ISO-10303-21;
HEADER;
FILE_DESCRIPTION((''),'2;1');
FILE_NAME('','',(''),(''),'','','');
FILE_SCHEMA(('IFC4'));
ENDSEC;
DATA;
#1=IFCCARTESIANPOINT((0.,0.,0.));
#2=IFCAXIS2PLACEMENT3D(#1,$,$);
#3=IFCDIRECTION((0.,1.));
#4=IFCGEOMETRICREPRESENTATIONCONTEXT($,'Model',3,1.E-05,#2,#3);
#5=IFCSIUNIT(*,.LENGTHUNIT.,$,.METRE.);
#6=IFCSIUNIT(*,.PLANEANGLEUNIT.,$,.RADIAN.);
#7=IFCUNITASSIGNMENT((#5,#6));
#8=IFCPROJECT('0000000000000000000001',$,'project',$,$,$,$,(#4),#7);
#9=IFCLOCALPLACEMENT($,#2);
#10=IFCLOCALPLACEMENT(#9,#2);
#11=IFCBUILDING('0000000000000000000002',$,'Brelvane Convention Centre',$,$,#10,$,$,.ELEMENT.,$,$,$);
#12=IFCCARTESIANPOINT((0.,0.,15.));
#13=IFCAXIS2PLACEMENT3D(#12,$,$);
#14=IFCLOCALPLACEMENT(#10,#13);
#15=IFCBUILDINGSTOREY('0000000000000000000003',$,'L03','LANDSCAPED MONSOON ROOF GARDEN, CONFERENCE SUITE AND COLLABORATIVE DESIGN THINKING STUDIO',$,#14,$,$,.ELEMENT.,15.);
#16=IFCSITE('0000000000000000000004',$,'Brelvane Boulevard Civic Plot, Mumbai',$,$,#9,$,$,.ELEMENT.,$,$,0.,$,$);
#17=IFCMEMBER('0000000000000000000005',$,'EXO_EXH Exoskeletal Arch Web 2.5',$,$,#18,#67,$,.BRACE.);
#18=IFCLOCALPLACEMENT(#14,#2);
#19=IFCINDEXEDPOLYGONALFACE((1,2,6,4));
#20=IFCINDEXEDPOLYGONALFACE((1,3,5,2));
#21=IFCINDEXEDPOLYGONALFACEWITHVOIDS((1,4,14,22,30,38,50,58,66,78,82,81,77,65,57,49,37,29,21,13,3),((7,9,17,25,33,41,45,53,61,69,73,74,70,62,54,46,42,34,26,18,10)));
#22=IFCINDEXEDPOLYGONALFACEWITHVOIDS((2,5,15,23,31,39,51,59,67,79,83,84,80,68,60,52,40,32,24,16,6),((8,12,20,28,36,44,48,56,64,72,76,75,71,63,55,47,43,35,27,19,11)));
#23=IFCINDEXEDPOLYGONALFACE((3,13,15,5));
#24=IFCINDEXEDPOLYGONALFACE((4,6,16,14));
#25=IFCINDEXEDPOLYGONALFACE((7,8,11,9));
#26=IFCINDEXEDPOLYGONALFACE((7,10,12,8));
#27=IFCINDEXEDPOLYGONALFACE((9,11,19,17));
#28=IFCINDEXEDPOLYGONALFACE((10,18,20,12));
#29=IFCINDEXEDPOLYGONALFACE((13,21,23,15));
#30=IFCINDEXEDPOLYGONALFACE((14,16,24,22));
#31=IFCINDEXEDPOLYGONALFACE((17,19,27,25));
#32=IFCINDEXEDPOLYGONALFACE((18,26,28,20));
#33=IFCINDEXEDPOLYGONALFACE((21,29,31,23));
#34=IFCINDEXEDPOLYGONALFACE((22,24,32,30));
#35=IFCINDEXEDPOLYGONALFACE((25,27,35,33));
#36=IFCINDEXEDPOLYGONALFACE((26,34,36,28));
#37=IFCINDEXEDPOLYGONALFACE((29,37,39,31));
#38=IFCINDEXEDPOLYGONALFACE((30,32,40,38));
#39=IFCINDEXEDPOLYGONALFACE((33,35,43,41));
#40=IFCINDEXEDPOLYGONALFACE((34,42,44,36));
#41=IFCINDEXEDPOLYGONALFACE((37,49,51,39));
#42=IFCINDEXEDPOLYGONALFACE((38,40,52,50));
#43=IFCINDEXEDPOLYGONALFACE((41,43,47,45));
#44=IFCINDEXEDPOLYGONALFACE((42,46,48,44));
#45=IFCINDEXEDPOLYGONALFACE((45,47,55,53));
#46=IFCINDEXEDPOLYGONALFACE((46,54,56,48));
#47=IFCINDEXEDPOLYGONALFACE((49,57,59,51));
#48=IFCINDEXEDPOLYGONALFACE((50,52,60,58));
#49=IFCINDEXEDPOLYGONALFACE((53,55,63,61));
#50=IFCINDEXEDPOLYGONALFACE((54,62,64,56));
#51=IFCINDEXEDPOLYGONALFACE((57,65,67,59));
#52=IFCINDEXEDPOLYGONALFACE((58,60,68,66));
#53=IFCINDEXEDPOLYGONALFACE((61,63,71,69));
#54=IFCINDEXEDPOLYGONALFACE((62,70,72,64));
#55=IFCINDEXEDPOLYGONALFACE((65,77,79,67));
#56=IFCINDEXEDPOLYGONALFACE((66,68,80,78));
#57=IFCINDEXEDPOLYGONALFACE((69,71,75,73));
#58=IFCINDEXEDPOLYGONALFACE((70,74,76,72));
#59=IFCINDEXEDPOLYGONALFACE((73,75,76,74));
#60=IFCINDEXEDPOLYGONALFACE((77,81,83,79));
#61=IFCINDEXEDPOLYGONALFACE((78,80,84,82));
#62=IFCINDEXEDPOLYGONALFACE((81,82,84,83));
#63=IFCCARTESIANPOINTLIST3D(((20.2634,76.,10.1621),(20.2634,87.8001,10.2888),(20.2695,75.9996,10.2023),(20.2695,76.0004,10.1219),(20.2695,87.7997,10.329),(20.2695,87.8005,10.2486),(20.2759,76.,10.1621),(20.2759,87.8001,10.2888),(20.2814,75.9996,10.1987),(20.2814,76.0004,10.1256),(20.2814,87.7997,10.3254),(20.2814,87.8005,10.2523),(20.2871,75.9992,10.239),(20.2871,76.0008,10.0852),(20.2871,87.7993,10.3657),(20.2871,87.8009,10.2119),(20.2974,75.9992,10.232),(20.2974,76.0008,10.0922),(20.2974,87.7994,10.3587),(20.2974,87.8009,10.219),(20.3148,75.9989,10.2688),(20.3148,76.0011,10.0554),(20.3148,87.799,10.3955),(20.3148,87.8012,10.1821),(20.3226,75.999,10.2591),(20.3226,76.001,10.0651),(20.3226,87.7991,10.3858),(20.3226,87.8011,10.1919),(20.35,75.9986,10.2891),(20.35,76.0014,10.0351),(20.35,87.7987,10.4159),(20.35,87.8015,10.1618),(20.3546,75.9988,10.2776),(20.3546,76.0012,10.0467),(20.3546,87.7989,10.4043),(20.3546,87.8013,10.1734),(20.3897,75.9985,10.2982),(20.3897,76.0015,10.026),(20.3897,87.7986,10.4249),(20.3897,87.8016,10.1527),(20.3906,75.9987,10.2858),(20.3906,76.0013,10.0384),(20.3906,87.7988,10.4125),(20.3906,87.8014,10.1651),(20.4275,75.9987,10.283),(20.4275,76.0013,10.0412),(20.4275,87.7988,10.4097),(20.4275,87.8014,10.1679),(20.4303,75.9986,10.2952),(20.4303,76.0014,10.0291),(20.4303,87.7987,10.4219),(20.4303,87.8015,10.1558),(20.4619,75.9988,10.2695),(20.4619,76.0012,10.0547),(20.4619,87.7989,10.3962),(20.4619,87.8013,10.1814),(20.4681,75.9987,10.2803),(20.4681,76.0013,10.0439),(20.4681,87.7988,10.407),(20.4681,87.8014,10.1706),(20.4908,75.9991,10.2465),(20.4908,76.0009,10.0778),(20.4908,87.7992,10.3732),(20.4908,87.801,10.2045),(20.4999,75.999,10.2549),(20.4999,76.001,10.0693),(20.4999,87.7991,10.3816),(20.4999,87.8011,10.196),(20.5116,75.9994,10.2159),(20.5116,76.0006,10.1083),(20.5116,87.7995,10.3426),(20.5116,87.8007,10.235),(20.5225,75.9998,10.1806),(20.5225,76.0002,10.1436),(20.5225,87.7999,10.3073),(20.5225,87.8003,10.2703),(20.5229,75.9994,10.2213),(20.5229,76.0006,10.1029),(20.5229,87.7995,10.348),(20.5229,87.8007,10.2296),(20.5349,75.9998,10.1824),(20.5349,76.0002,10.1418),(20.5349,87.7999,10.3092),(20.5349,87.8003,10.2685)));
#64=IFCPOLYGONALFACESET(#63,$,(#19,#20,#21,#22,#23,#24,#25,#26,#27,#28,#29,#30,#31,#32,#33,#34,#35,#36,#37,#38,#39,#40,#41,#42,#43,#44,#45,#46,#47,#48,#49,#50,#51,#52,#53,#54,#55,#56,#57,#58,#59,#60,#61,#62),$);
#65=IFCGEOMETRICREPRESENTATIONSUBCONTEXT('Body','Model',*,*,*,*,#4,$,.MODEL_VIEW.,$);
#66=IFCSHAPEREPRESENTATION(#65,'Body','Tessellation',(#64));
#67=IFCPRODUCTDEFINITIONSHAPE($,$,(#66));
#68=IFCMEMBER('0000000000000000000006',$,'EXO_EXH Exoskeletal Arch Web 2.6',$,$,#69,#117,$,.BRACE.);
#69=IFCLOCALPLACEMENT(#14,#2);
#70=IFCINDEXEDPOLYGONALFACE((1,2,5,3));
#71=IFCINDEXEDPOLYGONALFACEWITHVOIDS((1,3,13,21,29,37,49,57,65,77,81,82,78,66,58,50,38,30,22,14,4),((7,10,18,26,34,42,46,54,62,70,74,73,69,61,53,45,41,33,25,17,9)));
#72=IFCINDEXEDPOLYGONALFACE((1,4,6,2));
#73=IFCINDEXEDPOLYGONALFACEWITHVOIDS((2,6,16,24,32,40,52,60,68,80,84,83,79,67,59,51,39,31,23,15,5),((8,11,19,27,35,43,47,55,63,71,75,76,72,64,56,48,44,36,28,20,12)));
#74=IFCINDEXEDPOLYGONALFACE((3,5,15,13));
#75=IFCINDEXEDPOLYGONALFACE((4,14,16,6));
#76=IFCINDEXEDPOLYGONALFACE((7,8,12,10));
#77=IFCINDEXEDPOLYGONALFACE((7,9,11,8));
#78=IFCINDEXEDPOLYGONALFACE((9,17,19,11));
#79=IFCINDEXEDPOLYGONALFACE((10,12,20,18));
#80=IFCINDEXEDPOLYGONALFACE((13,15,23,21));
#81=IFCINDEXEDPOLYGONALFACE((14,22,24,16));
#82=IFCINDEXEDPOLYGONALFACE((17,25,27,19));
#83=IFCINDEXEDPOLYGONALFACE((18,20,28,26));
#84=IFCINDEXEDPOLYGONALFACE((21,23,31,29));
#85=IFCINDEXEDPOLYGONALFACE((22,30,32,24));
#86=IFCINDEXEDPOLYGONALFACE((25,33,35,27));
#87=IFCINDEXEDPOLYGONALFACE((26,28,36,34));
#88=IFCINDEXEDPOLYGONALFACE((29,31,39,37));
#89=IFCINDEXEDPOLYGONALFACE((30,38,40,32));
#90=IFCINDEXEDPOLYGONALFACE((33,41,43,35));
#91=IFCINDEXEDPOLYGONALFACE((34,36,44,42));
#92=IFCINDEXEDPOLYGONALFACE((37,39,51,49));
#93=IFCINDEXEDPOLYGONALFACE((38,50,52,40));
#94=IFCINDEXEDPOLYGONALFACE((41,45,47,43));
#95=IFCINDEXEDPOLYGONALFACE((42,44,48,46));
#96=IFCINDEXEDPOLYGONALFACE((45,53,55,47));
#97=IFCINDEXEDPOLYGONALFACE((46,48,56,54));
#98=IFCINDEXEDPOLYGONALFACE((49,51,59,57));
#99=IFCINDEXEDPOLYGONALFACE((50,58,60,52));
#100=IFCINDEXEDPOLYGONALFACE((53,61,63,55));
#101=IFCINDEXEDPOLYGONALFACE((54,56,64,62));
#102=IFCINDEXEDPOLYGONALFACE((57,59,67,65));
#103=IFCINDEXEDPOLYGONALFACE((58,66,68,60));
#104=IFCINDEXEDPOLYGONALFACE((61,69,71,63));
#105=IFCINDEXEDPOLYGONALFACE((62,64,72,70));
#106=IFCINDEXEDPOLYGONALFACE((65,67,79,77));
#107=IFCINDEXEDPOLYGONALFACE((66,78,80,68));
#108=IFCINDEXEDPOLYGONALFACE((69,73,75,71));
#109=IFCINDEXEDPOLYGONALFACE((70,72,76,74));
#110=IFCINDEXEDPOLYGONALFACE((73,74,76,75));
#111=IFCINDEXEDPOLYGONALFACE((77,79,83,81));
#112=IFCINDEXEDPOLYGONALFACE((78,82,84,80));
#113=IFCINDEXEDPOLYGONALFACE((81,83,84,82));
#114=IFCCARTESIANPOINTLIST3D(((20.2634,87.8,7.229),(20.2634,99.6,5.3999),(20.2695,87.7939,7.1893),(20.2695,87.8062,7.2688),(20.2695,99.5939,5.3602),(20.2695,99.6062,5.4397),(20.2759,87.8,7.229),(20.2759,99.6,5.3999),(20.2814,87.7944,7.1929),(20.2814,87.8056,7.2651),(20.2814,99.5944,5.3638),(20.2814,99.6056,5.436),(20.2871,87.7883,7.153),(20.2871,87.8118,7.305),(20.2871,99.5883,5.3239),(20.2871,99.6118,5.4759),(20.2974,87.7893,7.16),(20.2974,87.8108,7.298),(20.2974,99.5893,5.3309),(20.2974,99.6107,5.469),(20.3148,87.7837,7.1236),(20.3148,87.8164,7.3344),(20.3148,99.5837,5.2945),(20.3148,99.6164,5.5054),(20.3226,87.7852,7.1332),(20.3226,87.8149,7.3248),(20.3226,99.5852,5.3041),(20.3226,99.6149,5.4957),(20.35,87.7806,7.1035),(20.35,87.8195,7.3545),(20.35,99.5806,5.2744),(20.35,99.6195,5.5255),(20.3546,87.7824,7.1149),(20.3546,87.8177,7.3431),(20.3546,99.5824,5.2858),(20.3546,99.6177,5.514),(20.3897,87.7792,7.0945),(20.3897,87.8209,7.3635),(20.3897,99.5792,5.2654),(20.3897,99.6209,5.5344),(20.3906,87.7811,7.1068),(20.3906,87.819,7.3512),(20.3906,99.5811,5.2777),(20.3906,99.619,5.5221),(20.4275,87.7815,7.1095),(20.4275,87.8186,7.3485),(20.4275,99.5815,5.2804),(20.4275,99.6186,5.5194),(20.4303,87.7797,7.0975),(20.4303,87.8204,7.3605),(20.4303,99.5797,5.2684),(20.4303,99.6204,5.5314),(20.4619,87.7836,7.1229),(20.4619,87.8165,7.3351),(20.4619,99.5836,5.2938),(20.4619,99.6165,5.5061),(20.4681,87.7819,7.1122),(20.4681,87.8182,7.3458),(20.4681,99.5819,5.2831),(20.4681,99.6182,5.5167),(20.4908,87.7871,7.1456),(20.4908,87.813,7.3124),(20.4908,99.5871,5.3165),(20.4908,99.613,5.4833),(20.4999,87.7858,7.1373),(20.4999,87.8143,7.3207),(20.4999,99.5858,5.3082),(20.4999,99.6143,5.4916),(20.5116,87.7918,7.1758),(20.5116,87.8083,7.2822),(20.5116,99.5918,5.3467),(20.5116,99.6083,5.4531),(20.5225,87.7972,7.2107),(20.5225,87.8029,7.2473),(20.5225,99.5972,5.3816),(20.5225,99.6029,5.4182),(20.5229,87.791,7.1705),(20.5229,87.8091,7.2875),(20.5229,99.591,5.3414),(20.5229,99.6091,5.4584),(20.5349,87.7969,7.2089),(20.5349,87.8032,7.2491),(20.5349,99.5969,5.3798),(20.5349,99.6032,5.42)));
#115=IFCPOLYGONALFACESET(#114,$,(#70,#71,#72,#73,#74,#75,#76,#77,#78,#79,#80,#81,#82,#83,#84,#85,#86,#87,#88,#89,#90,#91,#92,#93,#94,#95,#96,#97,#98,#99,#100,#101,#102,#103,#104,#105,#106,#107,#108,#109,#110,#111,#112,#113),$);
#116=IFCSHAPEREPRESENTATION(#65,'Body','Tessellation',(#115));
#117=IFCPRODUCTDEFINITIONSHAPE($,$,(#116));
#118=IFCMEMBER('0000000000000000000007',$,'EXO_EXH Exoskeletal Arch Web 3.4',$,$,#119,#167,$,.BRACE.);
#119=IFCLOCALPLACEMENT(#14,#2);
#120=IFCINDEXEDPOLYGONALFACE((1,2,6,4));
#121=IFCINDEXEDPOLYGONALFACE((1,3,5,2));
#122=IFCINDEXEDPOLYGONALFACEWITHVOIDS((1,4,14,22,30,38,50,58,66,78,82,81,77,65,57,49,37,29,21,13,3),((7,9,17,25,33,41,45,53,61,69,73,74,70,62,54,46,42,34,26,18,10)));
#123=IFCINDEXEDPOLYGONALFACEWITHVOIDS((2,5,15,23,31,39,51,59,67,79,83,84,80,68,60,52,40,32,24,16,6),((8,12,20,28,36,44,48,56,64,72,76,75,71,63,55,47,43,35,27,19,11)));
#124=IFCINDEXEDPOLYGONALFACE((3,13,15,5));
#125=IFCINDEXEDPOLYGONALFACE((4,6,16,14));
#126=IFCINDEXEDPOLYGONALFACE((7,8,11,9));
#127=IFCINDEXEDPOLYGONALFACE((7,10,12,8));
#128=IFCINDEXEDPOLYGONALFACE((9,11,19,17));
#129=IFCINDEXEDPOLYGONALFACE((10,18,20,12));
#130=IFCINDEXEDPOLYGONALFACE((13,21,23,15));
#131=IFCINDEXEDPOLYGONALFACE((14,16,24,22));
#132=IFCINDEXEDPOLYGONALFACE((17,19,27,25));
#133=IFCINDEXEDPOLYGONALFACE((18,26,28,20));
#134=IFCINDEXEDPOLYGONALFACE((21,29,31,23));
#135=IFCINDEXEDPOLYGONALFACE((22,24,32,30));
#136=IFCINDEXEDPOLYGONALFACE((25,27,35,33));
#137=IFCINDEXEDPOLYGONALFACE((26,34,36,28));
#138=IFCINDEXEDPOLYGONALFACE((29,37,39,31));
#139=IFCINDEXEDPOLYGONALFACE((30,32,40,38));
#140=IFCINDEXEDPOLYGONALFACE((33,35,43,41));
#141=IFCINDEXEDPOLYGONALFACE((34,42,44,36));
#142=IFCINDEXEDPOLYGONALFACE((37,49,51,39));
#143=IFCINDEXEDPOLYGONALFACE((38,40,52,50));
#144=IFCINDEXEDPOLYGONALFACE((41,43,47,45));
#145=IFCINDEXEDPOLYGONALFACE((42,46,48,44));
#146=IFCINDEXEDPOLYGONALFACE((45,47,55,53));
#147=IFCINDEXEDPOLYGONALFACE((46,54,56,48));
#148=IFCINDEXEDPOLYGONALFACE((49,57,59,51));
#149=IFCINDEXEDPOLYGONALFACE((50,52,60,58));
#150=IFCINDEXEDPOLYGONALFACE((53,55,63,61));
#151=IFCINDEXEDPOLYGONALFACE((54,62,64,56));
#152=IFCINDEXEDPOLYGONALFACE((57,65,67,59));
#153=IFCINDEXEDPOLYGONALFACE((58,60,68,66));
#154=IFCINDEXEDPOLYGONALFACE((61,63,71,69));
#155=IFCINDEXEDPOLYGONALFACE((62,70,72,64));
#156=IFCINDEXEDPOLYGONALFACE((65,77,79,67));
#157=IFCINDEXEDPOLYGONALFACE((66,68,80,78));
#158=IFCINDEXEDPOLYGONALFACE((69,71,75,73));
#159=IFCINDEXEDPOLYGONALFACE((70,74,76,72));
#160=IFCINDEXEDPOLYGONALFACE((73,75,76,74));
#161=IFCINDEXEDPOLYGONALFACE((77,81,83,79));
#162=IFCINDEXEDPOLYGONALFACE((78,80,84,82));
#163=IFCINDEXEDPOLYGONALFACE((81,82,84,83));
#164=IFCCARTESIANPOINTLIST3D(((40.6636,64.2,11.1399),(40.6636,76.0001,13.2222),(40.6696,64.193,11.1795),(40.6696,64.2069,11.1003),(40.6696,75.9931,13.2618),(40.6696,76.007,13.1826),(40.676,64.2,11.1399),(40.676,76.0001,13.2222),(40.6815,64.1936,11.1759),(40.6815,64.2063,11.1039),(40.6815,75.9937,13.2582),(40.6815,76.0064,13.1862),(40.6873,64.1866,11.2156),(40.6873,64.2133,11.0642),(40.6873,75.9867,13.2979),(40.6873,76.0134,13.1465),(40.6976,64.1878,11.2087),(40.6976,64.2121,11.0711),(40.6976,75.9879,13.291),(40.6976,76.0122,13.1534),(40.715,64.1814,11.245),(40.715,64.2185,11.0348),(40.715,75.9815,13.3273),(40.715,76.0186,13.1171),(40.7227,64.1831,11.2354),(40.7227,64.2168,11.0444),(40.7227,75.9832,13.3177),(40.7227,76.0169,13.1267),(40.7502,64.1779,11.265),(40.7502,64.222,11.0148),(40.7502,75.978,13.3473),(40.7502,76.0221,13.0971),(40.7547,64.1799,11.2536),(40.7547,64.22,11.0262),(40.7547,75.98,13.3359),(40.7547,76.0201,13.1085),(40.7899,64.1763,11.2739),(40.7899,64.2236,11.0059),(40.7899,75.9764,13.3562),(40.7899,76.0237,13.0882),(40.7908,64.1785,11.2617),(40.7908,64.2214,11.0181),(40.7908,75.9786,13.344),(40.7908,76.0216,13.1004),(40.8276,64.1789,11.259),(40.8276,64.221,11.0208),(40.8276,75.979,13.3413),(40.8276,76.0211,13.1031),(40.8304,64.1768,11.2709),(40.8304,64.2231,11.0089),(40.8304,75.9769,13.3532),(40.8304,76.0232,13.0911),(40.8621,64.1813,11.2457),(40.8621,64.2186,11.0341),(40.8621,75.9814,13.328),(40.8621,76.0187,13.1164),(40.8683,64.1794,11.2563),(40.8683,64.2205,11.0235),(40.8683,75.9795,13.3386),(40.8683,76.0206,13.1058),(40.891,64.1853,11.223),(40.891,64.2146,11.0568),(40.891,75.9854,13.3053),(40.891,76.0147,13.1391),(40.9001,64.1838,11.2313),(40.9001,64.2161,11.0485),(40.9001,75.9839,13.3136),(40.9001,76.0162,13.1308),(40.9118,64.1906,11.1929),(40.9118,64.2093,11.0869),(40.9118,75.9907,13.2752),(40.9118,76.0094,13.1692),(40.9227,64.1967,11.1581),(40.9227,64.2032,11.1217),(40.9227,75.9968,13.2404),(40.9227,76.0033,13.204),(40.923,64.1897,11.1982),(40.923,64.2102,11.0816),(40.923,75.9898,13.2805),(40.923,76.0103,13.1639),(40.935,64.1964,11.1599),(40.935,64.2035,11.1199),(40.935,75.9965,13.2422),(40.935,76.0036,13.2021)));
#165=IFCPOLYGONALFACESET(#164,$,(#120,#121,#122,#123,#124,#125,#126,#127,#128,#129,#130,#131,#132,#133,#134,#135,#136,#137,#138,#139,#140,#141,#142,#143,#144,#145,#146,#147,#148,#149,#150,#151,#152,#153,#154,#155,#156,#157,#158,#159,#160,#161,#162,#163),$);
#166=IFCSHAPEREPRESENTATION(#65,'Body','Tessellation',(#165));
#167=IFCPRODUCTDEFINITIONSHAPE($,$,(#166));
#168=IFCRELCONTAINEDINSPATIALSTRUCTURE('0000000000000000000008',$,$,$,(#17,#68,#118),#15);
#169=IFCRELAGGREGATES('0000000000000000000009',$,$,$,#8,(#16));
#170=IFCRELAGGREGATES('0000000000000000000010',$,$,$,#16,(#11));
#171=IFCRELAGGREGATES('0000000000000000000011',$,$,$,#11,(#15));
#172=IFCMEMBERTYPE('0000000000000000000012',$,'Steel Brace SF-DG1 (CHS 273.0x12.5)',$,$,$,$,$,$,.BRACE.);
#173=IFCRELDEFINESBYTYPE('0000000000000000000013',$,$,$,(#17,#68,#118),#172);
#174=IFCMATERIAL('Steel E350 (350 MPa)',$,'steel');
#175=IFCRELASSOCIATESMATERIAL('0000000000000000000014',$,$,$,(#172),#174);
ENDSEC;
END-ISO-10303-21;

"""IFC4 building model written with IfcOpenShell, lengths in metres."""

from ifc_helpers import new_model, si_unit, direction, frame, origin, origin_2d, place, context, subcontext, project, spatial, hollow_circle, extrude, material, material_profile, profile_set, type_object, element, save


model = new_model("IFC4")

# Units and contexts
model_context = context("Model", 3, precision=1e-05, world=origin(), true_north=direction((0.0, 1.0)))
body_context = subcontext(model_context, "Body", "Model", "MODEL_VIEW")
ifc_project = project(units=[si_unit("LENGTHUNIT", "METRE"), si_unit("PLANEANGLEUNIT", "RADIAN")], contexts=[model_context])

# Site, building, storey
site_placement = place(None, origin())
site = spatial("IfcSite", under=ifc_project, at=site_placement, Name="Brelvane Boulevard Civic Plot, Mumbai", CompositionType="ELEMENT", RefElevation=0.0)
building_placement = place(site_placement, origin())
building = spatial("IfcBuilding", under=site, at=building_placement, Name="Brelvane Convention Centre", CompositionType="ELEMENT")
storey_placement = place(building_placement, frame((0.0, 0.0, 15.0)))
storey = spatial("IfcBuildingStorey", under=building, at=storey_placement, Name="L03", Description="LANDSCAPED MONSOON ROOF GARDEN, CONFERENCE SUITE AND COLLABORATIVE DESIGN THINKING STUDIO", CompositionType="ELEMENT", Elevation=15.0)

# Members
ifc_material_1 = material(Name="Steel E350 (350 MPa)", Category="steel")
ifc_material_profile_1 = material_profile(ifc_material_1, hollow_circle(Radius=0.1365, WallThickness=0.0125, at=origin_2d()), Name="CHS 273.0x12.5")
ifc_profile_set_1 = profile_set([ifc_material_profile_1], Name="Steel E350 (350 MPa)")
member_type_1 = type_object("IfcMemberType", Name="Steel Brace SF-DG1 (CHS 273.0x12.5)", PredefinedType="BRACE", material=ifc_profile_set_1)
member_1_placement = place(storey_placement, frame((20.3999, 76.0, 10.1621), z_axis=(0.0, 0.999942, 0.010737), x_axis=(-1.0, 0.0, 0.0)))
element("IfcMember", 1, at=member_1_placement, inside=storey, type_object=member_type_1, Name="EXO_EXH Exoskeletal Arch Web 2.5", PredefinedType="BRACE", context=body_context, shape_type="SweptSolid", body=[
    extrude(hollow_circle(Radius=0.1365, WallThickness=0.0125, at=origin_2d()), origin(), (0.0, 0.0, 1.0), 11.8008),
])
member_2_placement = place(storey_placement, frame((20.3999, 87.8, 7.229), z_axis=(0.0, 0.988199, -0.153179), x_axis=(-1.0, 0.0, 0.0)))
element("IfcMember", 2, at=member_2_placement, inside=storey, type_object=member_type_1, Name="EXO_EXH Exoskeletal Arch Web 2.6", PredefinedType="BRACE", context=body_context, shape_type="SweptSolid", body=[
    extrude(hollow_circle(Radius=0.1365, WallThickness=0.0125, at=origin_2d()), origin(), (0.0, 0.0, 1.0), 11.9409),
])
member_3_placement = place(storey_placement, frame((40.8, 64.2, 11.1399), z_axis=(0.0, 0.984785, 0.173778), x_axis=(-1.0, 0.0, 0.0)))
element("IfcMember", 3, at=member_3_placement, inside=storey, type_object=member_type_1, Name="EXO_EXH Exoskeletal Arch Web 3.4", PredefinedType="BRACE", context=body_context, shape_type="SweptSolid", body=[
    extrude(hollow_circle(Radius=0.1365, WallThickness=0.0125, at=origin_2d()), origin(), (0.0, 0.0, 1.0), 11.9824),
])

save(model, "model.ifc")
